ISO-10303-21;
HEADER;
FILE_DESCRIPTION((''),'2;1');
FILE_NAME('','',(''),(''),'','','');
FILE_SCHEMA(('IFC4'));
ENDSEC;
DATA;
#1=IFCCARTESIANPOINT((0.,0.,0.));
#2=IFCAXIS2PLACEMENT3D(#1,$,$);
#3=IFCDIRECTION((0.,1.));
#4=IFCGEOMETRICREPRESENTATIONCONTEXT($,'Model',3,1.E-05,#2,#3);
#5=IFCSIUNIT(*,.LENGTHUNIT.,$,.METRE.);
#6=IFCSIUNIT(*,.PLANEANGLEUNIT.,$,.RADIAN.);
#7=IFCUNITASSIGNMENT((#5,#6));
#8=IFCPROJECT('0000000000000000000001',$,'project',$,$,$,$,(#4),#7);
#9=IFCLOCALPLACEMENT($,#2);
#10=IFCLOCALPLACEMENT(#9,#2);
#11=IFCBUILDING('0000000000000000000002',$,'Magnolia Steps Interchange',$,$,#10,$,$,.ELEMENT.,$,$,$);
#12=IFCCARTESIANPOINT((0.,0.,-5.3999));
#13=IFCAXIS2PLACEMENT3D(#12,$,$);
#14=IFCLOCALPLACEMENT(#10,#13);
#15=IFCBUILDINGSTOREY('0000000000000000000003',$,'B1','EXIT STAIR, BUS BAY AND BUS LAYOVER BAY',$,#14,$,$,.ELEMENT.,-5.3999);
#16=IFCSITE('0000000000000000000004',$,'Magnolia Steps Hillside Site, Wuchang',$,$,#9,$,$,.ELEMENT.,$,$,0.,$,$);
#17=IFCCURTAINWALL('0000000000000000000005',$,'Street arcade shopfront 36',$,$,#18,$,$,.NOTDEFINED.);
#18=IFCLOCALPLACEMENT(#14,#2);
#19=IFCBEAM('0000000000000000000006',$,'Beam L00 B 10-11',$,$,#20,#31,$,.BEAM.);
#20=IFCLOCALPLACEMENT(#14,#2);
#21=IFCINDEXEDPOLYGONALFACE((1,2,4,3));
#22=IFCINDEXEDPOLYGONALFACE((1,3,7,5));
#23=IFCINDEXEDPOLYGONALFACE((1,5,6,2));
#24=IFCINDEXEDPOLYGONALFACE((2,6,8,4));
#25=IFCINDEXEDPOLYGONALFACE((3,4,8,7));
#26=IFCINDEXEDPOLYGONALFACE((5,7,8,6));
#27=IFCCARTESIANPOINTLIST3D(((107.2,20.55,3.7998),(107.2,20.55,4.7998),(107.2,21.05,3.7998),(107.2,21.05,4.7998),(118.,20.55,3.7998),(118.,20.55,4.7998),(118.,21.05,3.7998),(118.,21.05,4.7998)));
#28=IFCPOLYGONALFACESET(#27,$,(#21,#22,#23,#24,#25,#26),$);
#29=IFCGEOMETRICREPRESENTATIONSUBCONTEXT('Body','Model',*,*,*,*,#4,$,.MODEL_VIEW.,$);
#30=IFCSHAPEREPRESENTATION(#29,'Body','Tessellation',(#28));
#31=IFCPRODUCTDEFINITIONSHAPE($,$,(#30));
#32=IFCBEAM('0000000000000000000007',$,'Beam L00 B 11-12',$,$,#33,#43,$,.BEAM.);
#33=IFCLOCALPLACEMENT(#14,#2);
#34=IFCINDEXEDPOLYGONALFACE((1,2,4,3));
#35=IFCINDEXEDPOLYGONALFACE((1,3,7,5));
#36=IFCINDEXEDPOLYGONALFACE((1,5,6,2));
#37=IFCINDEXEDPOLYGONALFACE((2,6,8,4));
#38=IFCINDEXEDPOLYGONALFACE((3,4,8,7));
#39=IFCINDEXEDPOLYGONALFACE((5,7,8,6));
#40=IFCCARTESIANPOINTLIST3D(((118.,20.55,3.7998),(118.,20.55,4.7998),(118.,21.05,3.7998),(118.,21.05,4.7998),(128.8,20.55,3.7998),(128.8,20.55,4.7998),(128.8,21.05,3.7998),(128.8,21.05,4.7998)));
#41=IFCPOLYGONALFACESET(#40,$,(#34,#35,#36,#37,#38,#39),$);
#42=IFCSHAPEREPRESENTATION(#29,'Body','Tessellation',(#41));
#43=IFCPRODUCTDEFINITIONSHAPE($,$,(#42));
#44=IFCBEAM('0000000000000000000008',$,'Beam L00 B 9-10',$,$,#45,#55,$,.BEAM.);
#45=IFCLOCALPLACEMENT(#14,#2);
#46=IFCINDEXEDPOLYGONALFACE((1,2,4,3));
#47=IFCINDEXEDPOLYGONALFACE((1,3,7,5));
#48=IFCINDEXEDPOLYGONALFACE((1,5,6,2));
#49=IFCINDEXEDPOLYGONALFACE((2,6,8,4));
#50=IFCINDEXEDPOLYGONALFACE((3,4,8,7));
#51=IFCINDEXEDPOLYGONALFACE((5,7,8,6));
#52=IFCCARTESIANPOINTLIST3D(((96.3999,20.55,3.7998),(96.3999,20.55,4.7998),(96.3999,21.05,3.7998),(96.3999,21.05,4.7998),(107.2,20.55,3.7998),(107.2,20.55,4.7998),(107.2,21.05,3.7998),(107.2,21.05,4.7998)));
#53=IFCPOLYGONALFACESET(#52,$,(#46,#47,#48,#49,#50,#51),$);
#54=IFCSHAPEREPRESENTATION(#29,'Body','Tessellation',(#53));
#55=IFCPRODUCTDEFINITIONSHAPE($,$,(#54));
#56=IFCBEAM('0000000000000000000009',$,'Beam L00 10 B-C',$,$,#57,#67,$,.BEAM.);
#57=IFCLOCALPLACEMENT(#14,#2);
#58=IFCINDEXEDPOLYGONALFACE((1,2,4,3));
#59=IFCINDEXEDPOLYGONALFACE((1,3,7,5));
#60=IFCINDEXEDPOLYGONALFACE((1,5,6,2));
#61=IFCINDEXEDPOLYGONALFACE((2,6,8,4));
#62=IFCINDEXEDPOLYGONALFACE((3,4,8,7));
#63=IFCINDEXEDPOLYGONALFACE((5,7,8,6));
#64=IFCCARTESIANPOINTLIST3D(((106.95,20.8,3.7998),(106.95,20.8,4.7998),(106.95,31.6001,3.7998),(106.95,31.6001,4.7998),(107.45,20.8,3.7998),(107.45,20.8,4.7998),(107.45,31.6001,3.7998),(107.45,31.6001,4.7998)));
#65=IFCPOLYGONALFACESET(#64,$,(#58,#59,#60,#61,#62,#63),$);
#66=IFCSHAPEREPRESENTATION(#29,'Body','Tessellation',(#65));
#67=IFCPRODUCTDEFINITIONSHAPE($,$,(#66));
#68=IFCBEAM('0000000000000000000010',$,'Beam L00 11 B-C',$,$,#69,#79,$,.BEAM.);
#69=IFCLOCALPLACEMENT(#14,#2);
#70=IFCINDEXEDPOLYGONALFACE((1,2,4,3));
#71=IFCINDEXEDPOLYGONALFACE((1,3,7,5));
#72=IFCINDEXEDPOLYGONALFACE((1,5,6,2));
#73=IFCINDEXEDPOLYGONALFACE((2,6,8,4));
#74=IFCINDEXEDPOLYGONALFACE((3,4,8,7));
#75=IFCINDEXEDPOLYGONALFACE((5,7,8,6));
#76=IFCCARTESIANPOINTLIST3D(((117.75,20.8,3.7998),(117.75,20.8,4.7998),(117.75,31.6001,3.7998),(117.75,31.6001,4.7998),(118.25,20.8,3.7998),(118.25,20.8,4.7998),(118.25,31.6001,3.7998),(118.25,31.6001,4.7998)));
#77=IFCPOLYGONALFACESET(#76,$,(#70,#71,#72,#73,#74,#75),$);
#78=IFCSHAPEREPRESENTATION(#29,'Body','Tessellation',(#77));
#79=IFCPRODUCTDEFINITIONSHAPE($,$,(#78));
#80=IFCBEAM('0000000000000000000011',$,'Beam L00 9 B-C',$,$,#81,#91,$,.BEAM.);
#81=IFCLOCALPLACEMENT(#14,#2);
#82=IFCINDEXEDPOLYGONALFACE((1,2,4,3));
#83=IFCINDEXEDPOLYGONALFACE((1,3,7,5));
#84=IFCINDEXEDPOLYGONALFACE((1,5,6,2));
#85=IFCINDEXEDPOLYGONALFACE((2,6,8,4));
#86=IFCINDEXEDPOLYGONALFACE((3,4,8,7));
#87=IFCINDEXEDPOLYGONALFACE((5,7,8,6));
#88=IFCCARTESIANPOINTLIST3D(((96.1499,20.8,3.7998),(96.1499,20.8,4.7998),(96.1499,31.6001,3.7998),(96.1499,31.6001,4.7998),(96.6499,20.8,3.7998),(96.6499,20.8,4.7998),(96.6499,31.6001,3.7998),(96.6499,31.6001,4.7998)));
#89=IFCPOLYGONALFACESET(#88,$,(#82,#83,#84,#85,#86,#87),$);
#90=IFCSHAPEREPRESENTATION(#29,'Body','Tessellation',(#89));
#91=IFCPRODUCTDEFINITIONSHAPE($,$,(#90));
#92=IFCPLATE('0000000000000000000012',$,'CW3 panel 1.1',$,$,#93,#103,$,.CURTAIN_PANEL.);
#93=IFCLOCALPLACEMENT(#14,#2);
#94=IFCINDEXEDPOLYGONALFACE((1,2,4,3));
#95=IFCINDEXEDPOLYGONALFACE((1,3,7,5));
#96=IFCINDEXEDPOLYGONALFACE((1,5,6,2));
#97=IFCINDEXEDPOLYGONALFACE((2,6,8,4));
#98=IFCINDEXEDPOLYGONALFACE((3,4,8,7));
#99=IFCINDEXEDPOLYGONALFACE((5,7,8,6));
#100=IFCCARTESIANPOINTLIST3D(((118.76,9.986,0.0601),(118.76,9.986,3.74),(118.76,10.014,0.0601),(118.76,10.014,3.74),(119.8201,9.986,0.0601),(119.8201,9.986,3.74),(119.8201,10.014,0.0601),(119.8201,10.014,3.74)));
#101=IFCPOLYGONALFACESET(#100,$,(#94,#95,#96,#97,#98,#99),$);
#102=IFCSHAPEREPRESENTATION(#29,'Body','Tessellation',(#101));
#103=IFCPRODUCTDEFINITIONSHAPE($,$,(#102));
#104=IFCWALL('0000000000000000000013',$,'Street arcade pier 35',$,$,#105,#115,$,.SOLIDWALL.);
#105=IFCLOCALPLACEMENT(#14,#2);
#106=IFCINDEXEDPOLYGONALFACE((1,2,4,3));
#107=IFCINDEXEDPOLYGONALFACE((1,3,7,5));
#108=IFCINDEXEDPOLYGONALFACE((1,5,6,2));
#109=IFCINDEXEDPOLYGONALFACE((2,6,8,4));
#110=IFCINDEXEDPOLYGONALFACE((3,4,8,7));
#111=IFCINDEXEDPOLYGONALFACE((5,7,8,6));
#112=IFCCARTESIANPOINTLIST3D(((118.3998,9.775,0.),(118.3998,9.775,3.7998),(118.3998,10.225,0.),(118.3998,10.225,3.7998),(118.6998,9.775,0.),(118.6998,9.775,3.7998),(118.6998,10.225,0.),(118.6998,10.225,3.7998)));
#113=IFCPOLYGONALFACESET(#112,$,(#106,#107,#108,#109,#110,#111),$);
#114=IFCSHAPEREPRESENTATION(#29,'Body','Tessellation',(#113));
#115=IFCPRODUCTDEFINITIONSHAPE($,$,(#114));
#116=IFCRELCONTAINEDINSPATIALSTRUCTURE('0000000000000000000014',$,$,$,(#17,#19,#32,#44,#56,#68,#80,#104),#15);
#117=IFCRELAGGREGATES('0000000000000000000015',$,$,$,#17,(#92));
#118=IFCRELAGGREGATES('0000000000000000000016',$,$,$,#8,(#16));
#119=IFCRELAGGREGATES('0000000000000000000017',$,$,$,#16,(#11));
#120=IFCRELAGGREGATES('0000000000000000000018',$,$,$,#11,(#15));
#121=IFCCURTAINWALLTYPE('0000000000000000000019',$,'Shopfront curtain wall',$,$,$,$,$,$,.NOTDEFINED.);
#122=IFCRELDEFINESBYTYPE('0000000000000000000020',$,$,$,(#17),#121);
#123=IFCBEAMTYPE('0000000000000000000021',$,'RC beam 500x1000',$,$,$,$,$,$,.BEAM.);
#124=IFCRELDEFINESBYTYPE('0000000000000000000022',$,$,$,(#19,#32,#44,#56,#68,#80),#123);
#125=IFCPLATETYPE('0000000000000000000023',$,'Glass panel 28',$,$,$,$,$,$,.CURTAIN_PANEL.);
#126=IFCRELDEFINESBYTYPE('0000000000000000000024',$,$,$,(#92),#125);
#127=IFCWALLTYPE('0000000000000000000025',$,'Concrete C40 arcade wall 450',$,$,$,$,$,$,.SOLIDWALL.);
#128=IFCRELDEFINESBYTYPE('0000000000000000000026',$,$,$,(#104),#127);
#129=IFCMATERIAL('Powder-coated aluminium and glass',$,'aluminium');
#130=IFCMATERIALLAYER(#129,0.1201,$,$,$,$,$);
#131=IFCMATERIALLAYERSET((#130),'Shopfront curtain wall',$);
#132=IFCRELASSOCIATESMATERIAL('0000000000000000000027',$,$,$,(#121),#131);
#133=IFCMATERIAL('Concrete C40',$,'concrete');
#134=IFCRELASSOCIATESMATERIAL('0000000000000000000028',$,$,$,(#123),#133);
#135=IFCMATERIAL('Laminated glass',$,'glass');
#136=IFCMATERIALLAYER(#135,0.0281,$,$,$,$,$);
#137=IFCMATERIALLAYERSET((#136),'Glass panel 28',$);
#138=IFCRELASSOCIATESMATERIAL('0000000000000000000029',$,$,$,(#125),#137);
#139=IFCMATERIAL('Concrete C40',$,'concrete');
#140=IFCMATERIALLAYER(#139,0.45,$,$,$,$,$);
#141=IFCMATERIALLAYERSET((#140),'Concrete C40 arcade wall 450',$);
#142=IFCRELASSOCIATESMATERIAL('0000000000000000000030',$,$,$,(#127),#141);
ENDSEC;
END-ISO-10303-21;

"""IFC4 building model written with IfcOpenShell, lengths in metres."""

from ifc_helpers import new_model, si_unit, direction, frame, frame_2d, origin, origin_2d, place, context, subcontext, project, spatial, rectangle, extrude, material, layer, layer_set, material_profile, profile_set, type_object, element, aggregate, save


model = new_model("IFC4")

# Units and contexts
model_context = context("Model", 3, precision=1e-05, world=origin(), true_north=direction((0.0, 1.0)))
body_context = subcontext(model_context, "Body", "Model", "MODEL_VIEW")
ifc_project = project(units=[si_unit("LENGTHUNIT", "METRE"), si_unit("PLANEANGLEUNIT", "RADIAN")], contexts=[model_context])

# Site, building, storey
site_placement = place(None, origin())
site = spatial("IfcSite", under=ifc_project, at=site_placement, Name="Magnolia Steps Hillside Site, Wuchang", CompositionType="ELEMENT", RefElevation=0.0)
building_placement = place(site_placement, origin())
building = spatial("IfcBuilding", under=site, at=building_placement, Name="Magnolia Steps Interchange", CompositionType="ELEMENT")
storey_placement = place(building_placement, frame((0.0, 0.0, -5.3999)))
storey = spatial("IfcBuildingStorey", under=building, at=storey_placement, Name="B1", Description="EXIT STAIR, BUS BAY AND BUS LAYOVER BAY", CompositionType="ELEMENT", Elevation=-5.3999)

# Curtain wall
ifc_material_1 = material(Name="Powder-coated aluminium and glass", Category="aluminium")
ifc_layer_1 = layer(ifc_material_1, 0.1201)
ifc_layer_set_1 = layer_set([ifc_layer_1], Name="Shopfront curtain wall")
curtain_wall_type = type_object("IfcCurtainWallType", Name="Shopfront curtain wall", PredefinedType="NOTDEFINED", material=ifc_layer_set_1)
curtain_wall_placement = place(storey_placement, origin())
curtain_wall = element("IfcCurtainWall", 1, at=curtain_wall_placement, inside=storey, type_object=curtain_wall_type, Name="Street arcade shopfront 36", PredefinedType="NOTDEFINED")

# Beams
ifc_material_2 = material(Name="Concrete C40", Category="concrete")
ifc_material_profile_1 = material_profile(ifc_material_2, rectangle(XDim=0.5, YDim=1.0, at=origin_2d()), Name="RC500x1000")
ifc_profile_set_1 = profile_set([ifc_material_profile_1], Name="Concrete C40")
beam_type = type_object("IfcBeamType", Name="RC beam 500x1000", PredefinedType="BEAM", material=ifc_profile_set_1)
for number, where, z_axis, x_axis, name in (
    (2, (107.2, 20.8, 4.2998), (1.0, 0.0, 0.0), (0.0, 1.0, 0.0), "Beam L00 B 10-11"),
    (3, (118.0, 20.8, 4.2998), (1.0, 0.0, 0.0), (0.0, 1.0, 0.0), "Beam L00 B 11-12"),
    (4, (96.3999, 20.8, 4.2998), (1.0, 0.0, 0.0), (0.0, 1.0, 0.0), "Beam L00 B 9-10"),
    (5, (107.2, 20.8, 4.2998), (0.0, 1.0, 0.0), (-1.0, 0.0, 0.0), "Beam L00 10 B-C"),
    (6, (118.0, 20.8, 4.2998), (0.0, 1.0, 0.0), (-1.0, 0.0, 0.0), "Beam L00 11 B-C"),
    (7, (96.3999, 20.8, 4.2998), (0.0, 1.0, 0.0), (-1.0, 0.0, 0.0), "Beam L00 9 B-C"),
):
    element("IfcBeam", number, at=place(storey_placement, frame(where, z_axis=z_axis, x_axis=x_axis)), inside=storey, type_object=beam_type, Name=name, PredefinedType="BEAM", context=body_context, shape_type="SweptSolid", body=[
        extrude(rectangle(XDim=0.5, YDim=1.0, at=origin_2d()), origin(), (0.0, 0.0, 1.0), 10.8),
    ])

# Plate
ifc_material_3 = material(Name="Laminated glass", Category="glass")
ifc_layer_2 = layer(ifc_material_3, 0.0281)
ifc_layer_set_2 = layer_set([ifc_layer_2], Name="Glass panel 28")
plate_type = type_object("IfcPlateType", Name="Glass panel 28", PredefinedType="CURTAIN_PANEL", material=ifc_layer_set_2)
plate_placement = place(storey_placement, frame((119.29, 10.0, 0.0601), z_axis=(0.0, 0.0, 1.0), x_axis=(1.0, 0.0, 0.0)))
plate = element("IfcPlate", 8, at=plate_placement, type_object=plate_type, Name="CW3 panel 1.1", PredefinedType="CURTAIN_PANEL", context=body_context, shape_type="SweptSolid", body=[
    extrude(rectangle(XDim=1.0601, YDim=0.0281, at=origin_2d()), origin(), (0.0, 0.0, 1.0), 3.6799),
])
aggregate(curtain_wall, [plate])

# Wall
ifc_material_4 = material(Name="Concrete C40", Category="concrete")
ifc_layer_3 = layer(ifc_material_4, 0.45)
ifc_layer_set_3 = layer_set([ifc_layer_3], Name="Concrete C40 arcade wall 450")
wall_type = type_object("IfcWallType", Name="Concrete C40 arcade wall 450", PredefinedType="SOLIDWALL", material=ifc_layer_set_3)
wall_placement = place(storey_placement, frame((118.3999, 10.0, 0.0), z_axis=(0.0, 0.0, 1.0), x_axis=(1.0, 0.0, 0.0)))
element("IfcWall", 9, at=wall_placement, inside=storey, type_object=wall_type, Name="Street arcade pier 35", PredefinedType="SOLIDWALL", context=body_context, shape_type="SweptSolid", body=[
    extrude(rectangle(XDim=0.3, YDim=0.45, at=frame_2d((0.1499, 0.0))), origin(), (0.0, 0.0, 1.0), 3.7998),
])

save(model, "model.ifc")
